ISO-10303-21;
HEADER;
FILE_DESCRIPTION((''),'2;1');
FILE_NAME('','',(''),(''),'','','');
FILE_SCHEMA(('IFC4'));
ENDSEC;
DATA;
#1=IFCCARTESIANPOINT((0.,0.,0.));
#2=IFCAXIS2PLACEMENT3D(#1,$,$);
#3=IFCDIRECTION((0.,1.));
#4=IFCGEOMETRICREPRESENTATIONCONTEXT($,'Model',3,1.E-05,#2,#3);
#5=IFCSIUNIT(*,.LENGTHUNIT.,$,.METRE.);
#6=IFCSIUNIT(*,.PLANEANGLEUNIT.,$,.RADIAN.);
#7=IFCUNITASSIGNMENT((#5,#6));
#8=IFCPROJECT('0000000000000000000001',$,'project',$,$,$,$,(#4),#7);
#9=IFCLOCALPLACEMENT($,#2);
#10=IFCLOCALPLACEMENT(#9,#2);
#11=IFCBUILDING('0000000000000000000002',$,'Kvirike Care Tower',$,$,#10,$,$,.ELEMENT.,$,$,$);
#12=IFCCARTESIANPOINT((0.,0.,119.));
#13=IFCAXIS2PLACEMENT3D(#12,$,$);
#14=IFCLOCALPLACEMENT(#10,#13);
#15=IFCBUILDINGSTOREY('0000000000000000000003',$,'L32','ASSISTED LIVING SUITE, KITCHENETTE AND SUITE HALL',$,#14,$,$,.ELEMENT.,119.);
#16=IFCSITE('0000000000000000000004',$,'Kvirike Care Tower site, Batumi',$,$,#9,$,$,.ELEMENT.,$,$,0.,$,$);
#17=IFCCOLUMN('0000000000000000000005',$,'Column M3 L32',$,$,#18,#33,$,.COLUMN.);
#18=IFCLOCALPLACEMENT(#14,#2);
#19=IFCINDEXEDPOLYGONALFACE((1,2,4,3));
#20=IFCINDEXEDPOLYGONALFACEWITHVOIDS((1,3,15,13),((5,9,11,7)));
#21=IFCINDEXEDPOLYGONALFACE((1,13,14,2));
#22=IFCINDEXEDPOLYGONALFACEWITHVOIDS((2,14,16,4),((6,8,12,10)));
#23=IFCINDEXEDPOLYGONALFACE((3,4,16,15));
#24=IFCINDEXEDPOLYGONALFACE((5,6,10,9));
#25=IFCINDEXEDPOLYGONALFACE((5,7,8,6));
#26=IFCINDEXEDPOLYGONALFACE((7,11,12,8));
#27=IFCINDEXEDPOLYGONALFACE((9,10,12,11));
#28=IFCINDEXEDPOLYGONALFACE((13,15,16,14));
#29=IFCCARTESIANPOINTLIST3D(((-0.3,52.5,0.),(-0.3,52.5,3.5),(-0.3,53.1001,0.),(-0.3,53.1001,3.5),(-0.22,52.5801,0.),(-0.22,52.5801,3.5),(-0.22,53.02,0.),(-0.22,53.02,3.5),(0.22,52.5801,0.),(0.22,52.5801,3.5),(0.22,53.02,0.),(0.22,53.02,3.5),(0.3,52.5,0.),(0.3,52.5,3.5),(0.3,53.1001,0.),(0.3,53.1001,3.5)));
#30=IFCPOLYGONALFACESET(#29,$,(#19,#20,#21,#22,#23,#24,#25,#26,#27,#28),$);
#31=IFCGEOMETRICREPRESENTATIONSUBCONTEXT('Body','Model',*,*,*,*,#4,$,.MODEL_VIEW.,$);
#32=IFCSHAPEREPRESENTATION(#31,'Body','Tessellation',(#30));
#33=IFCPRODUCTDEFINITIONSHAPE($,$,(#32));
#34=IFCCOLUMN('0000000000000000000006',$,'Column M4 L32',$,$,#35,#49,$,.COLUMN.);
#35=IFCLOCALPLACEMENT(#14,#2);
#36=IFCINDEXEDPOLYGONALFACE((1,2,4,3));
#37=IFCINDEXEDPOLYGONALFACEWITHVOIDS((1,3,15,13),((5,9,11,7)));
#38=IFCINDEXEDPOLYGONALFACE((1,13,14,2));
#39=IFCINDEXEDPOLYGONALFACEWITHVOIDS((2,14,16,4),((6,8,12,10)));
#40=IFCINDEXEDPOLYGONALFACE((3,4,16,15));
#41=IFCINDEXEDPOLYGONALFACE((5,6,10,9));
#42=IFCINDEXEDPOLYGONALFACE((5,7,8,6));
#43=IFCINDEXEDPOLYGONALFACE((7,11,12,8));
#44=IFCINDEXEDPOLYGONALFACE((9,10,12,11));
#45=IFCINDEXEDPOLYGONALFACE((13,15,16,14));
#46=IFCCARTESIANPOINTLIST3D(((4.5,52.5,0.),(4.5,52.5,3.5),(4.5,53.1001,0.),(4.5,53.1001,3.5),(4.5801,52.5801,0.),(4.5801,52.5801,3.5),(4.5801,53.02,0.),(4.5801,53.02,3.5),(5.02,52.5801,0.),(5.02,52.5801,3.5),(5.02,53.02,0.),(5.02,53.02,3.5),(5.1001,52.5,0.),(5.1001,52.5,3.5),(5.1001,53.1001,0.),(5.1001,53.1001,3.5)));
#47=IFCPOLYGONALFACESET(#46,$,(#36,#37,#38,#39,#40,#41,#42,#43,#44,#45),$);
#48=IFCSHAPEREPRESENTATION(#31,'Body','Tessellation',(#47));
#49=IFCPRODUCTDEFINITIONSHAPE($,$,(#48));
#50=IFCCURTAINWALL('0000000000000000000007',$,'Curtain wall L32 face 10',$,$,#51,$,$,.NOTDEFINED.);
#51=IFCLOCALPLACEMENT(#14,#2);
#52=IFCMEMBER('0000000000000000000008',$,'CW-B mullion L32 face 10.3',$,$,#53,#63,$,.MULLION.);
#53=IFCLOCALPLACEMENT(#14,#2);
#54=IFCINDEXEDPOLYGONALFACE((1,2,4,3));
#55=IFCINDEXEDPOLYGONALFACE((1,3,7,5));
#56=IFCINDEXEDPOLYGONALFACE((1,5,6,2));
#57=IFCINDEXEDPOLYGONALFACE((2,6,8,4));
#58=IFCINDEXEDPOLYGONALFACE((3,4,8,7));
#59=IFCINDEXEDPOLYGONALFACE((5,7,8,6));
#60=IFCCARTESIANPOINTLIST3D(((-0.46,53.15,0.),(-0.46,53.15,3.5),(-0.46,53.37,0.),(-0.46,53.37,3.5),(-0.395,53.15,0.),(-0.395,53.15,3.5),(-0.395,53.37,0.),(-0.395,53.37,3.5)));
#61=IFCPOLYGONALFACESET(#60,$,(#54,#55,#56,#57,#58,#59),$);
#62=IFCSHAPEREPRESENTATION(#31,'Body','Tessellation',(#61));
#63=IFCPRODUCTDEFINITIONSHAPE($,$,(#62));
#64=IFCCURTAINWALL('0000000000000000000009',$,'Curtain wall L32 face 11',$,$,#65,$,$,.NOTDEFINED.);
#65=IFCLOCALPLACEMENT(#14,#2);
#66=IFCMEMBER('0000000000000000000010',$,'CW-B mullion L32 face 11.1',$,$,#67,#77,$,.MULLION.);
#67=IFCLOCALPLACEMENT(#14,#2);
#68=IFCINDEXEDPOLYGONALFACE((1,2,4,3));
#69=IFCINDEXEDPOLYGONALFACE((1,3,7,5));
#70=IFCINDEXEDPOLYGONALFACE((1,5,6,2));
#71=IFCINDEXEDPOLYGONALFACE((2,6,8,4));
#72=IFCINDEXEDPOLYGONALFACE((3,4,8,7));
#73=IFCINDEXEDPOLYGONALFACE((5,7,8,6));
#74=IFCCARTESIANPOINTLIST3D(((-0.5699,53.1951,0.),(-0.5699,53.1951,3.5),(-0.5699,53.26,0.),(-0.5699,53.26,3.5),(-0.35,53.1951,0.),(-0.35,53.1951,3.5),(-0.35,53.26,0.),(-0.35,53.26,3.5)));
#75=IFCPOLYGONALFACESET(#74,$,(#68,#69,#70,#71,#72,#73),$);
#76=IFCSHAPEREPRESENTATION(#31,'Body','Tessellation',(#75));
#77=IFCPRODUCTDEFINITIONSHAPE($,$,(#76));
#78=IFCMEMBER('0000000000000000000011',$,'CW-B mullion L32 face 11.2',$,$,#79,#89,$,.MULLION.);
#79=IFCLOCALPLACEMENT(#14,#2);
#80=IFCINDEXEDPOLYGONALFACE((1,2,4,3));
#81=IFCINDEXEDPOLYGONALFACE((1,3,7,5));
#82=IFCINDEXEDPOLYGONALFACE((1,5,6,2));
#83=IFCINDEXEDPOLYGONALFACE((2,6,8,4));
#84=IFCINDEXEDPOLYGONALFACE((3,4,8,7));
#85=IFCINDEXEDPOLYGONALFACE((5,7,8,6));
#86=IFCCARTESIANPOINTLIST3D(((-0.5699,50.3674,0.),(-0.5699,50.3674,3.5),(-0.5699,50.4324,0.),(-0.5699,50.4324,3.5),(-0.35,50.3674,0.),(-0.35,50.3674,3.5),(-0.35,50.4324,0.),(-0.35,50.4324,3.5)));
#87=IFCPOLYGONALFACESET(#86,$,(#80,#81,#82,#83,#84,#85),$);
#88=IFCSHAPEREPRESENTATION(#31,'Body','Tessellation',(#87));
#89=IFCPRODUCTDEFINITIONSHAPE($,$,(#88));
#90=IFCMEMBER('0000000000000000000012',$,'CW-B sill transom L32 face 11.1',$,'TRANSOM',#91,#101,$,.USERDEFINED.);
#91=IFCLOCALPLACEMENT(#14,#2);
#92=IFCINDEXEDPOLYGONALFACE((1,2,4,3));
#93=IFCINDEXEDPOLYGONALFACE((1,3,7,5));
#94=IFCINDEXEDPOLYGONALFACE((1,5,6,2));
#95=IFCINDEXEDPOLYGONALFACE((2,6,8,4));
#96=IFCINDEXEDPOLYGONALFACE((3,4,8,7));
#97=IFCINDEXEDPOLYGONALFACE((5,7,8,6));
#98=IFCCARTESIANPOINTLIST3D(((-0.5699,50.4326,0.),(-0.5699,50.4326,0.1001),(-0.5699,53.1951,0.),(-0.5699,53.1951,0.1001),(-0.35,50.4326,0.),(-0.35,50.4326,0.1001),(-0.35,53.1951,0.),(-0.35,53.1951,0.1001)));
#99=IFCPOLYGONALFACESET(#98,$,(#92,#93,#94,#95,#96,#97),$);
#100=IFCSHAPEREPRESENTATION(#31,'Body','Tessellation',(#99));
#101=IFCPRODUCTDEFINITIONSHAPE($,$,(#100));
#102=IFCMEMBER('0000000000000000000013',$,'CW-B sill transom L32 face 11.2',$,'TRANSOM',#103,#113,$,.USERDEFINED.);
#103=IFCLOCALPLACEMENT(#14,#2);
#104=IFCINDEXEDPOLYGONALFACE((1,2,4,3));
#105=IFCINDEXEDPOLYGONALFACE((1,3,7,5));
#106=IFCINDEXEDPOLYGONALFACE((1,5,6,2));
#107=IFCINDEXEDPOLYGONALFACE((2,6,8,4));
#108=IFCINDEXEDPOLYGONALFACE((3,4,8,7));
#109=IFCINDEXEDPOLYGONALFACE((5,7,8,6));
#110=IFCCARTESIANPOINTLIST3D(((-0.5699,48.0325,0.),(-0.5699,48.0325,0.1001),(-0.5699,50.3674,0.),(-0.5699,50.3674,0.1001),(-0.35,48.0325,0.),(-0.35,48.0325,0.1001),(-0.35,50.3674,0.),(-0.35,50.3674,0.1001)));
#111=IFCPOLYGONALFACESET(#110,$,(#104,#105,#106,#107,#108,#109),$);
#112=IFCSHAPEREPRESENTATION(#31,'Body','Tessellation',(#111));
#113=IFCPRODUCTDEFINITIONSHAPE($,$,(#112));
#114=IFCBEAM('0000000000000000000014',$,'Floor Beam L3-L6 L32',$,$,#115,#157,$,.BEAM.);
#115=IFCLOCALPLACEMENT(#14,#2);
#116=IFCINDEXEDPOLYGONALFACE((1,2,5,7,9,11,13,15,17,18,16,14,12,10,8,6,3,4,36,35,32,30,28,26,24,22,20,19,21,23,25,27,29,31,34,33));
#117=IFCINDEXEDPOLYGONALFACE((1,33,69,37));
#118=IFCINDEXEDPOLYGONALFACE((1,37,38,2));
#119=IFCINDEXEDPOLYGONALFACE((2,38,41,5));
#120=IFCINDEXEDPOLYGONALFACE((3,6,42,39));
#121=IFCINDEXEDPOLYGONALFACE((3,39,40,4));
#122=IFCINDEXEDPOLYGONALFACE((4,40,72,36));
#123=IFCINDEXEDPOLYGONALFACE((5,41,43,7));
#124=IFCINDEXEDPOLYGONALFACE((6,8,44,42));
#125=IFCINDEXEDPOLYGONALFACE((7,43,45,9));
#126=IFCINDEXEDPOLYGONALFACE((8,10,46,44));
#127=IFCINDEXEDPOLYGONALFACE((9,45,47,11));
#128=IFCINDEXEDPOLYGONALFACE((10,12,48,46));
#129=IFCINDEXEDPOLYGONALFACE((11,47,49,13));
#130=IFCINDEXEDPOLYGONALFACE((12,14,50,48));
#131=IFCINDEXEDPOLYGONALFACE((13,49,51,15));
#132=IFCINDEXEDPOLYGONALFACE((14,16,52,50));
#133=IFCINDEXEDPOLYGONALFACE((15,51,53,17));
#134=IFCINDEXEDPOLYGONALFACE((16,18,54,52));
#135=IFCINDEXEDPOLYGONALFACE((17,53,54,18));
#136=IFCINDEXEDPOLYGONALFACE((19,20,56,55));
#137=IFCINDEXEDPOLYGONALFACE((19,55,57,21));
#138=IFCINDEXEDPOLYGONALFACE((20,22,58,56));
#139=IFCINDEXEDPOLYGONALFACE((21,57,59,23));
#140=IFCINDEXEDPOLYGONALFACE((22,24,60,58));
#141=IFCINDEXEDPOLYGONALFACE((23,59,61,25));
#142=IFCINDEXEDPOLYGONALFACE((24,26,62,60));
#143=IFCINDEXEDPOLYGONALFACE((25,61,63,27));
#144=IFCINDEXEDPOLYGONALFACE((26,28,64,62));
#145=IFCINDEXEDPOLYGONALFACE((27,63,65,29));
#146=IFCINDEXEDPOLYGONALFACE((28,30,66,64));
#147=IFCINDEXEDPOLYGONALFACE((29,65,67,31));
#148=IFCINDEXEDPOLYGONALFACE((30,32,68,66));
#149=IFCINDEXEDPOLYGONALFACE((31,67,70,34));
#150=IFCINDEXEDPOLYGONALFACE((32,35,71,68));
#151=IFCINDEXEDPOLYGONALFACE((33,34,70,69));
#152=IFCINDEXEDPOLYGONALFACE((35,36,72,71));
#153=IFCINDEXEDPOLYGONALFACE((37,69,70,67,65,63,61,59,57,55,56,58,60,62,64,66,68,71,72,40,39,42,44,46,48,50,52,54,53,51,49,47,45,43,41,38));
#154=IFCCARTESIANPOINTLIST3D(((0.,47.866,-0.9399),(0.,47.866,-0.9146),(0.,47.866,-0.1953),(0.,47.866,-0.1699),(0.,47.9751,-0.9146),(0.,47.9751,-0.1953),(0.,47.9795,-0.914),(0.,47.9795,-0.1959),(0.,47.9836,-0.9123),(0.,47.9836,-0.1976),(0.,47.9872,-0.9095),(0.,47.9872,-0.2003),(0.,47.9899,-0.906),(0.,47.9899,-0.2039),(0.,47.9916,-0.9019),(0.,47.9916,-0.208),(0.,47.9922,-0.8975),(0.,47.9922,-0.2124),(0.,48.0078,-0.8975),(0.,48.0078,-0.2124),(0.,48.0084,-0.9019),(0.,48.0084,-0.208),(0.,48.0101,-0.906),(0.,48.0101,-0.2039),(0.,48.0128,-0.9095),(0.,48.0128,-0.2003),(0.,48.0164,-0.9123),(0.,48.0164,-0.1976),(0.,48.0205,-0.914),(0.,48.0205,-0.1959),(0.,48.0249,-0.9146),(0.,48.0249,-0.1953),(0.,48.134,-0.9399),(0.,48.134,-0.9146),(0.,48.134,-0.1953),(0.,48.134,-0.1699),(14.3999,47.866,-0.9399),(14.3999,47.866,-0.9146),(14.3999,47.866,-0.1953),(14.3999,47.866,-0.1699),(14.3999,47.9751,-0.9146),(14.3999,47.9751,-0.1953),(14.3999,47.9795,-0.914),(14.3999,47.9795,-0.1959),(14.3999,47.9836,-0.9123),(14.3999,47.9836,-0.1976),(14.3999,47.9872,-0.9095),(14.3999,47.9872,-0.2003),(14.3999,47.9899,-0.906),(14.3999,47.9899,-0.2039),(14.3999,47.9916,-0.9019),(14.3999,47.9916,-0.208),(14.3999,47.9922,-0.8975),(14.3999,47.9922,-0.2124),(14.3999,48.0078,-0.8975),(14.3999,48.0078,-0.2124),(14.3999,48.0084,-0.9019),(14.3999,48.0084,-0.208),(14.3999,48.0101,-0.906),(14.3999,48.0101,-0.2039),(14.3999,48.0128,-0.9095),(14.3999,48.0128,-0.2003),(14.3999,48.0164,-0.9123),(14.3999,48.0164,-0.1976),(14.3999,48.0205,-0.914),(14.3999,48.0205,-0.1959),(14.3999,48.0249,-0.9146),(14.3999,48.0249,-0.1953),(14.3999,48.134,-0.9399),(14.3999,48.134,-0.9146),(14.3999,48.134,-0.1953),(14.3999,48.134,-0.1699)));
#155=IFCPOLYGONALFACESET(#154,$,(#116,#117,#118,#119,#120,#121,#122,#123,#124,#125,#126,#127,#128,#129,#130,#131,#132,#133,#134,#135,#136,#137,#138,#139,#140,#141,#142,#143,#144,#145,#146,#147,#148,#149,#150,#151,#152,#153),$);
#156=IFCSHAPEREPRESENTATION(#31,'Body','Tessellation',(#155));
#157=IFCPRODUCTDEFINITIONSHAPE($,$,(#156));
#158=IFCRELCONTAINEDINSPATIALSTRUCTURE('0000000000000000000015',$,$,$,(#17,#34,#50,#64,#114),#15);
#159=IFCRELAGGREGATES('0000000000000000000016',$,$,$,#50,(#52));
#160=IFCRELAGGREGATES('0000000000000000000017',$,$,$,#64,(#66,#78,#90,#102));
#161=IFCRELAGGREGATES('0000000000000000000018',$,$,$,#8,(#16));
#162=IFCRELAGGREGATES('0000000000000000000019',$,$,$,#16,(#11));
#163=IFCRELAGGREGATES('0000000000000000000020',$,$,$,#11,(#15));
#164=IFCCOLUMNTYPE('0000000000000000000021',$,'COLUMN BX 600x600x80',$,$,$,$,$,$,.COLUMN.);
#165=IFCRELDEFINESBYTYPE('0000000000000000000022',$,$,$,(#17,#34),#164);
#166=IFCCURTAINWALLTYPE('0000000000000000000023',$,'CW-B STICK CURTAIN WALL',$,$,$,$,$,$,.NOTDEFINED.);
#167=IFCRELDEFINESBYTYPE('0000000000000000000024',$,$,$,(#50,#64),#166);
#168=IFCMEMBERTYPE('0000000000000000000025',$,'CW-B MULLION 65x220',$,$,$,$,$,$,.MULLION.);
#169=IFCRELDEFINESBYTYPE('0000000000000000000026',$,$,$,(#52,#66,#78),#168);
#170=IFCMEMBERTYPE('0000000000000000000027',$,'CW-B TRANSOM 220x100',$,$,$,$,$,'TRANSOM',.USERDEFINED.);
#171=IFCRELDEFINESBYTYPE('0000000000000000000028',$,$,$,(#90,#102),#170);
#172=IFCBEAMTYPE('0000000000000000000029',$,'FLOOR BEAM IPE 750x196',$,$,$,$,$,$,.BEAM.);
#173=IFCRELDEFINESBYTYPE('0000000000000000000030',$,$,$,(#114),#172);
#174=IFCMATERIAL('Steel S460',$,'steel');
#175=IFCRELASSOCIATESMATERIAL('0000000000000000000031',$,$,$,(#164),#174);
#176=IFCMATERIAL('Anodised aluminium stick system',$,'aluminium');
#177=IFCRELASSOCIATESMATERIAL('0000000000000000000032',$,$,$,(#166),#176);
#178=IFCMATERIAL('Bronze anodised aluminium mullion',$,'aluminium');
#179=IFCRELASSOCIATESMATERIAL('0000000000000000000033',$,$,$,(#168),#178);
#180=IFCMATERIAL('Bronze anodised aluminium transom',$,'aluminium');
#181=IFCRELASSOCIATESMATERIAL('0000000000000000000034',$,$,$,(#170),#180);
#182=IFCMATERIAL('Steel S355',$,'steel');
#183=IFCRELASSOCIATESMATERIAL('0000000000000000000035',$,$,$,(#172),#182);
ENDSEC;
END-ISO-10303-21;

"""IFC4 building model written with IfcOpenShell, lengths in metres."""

from ifc_helpers import new_model, si_unit, direction, frame, origin, origin_2d, place, context, subcontext, project, spatial, rectangle, hollow_rectangle, i_section, extrude, material, material_profile, profile_set, type_object, element, aggregate, save


model = new_model("IFC4")

# Units and contexts
model_context = context("Model", 3, precision=1e-05, world=origin(), true_north=direction((0.0, 1.0)))
body_context = subcontext(model_context, "Body", "Model", "MODEL_VIEW")
ifc_project = project(units=[si_unit("LENGTHUNIT", "METRE"), si_unit("PLANEANGLEUNIT", "RADIAN")], contexts=[model_context])

# Site, building, storey
site_placement = place(None, origin())
site = spatial("IfcSite", under=ifc_project, at=site_placement, Name="Kvirike Care Tower site, Batumi", CompositionType="ELEMENT", RefElevation=0.0)
building_placement = place(site_placement, origin())
building = spatial("IfcBuilding", under=site, at=building_placement, Name="Kvirike Care Tower", CompositionType="ELEMENT")
storey_placement = place(building_placement, frame((0.0, 0.0, 119.0)))
storey = spatial("IfcBuildingStorey", under=building, at=storey_placement, Name="L32", Description="ASSISTED LIVING SUITE, KITCHENETTE AND SUITE HALL", CompositionType="ELEMENT", Elevation=119.0)

# Columns
ifc_material_1 = material(Name="Steel S460", Category="steel")
ifc_material_profile_1 = material_profile(ifc_material_1, hollow_rectangle(XDim=0.6001, YDim=0.6001, WallThickness=0.0801, at=origin_2d()), Name="BX 600x600x80")
ifc_profile_set_1 = profile_set([ifc_material_profile_1], Name="Steel S460")
column_type = type_object("IfcColumnType", Name="COLUMN BX 600x600x80", PredefinedType="COLUMN", material=ifc_profile_set_1)
for number, where, z_axis, x_axis, name in (
    (1, (0.0, 52.8, 0.0), (0.0, 0.0, 1.0), (0.0, 1.0, 0.0), "Column M3 L32"),
    (2, (4.8, 52.8, 0.0), (0.0, 0.0, 1.0), (0.0, 1.0, 0.0), "Column M4 L32"),
):
    element("IfcColumn", number, at=place(storey_placement, frame(where, z_axis=z_axis, x_axis=x_axis)), inside=storey, type_object=column_type, Name=name, PredefinedType="COLUMN", context=body_context, shape_type="SweptSolid", body=[
        extrude(hollow_rectangle(XDim=0.6001, YDim=0.6001, WallThickness=0.0801, at=origin_2d()), origin(), (0.0, 0.0, 1.0), 3.5),
    ])

# Curtain wall, member
ifc_material_2 = material(Name="Anodised aluminium stick system", Category="aluminium")
curtain_wall_type = type_object("IfcCurtainWallType", Name="CW-B STICK CURTAIN WALL", PredefinedType="NOTDEFINED", material=ifc_material_2)
curtain_wall_1_placement = place(storey_placement, origin())
curtain_wall_1 = element("IfcCurtainWall", 3, at=curtain_wall_1_placement, inside=storey, type_object=curtain_wall_type, Name="Curtain wall L32 face 10", PredefinedType="NOTDEFINED")
ifc_material_3 = material(Name="Bronze anodised aluminium mullion", Category="aluminium")
ifc_material_profile_2 = material_profile(ifc_material_3, rectangle(XDim=0.0649, YDim=0.22, at=origin_2d()), Name="CW-B MULLION 65x220")
ifc_profile_set_2 = profile_set([ifc_material_profile_2], Name="Bronze anodised aluminium mullion")
member_type_1 = type_object("IfcMemberType", Name="CW-B MULLION 65x220", PredefinedType="MULLION", material=ifc_profile_set_2)
member_1_placement = place(storey_placement, frame((-0.4275, 53.26, 0.0), z_axis=(0.0, 0.0, 1.0), x_axis=(-1.0, 0.0, 0.0)))
member_1 = element("IfcMember", 4, at=member_1_placement, type_object=member_type_1, Name="CW-B mullion L32 face 10.3", PredefinedType="MULLION", context=body_context, shape_type="SweptSolid", body=[
    extrude(rectangle(XDim=0.0649, YDim=0.22, at=origin_2d()), origin(), (0.0, 0.0, 1.0), 3.5),
])
aggregate(curtain_wall_1, [member_1])

# Curtain wall, members
curtain_wall_2_placement = place(storey_placement, origin())
curtain_wall_2 = element("IfcCurtainWall", 5, at=curtain_wall_2_placement, inside=storey, type_object=curtain_wall_type, Name="Curtain wall L32 face 11", PredefinedType="NOTDEFINED")
member_2_placement = place(storey_placement, frame((-0.46, 53.2275, 0.0), z_axis=(0.0, 0.0, 1.0), x_axis=(0.0, -1.0, 0.0)))
member_2 = element("IfcMember", 6, at=member_2_placement, type_object=member_type_1, Name="CW-B mullion L32 face 11.1", PredefinedType="MULLION", context=body_context, shape_type="SweptSolid", body=[
    extrude(rectangle(XDim=0.0649, YDim=0.22, at=origin_2d()), origin(), (0.0, 0.0, 1.0), 3.5),
])
member_3_placement = place(storey_placement, frame((-0.46, 50.3999, 0.0), z_axis=(0.0, 0.0, 1.0), x_axis=(0.0, -1.0, 0.0)))
member_3 = element("IfcMember", 7, at=member_3_placement, type_object=member_type_1, Name="CW-B mullion L32 face 11.2", PredefinedType="MULLION", context=body_context, shape_type="SweptSolid", body=[
    extrude(rectangle(XDim=0.0649, YDim=0.22, at=origin_2d()), origin(), (0.0, 0.0, 1.0), 3.5),
])
ifc_material_4 = material(Name="Bronze anodised aluminium transom", Category="aluminium")
ifc_material_profile_3 = material_profile(ifc_material_4, rectangle(XDim=0.22, YDim=0.1001, at=origin_2d()), Name="CW-B TRANSOM 220x100")
ifc_profile_set_3 = profile_set([ifc_material_profile_3], Name="Bronze anodised aluminium transom")
member_type_2 = type_object("IfcMemberType", Name="CW-B TRANSOM 220x100", ElementType="TRANSOM", PredefinedType="USERDEFINED", material=ifc_profile_set_3)
member_4_placement = place(storey_placement, frame((-0.46, 53.1951, 0.05), z_axis=(0.0, -1.0, 0.0), x_axis=(1.0, 0.0, 0.0)))
member_4 = element("IfcMember", 8, at=member_4_placement, type_object=member_type_2, Name="CW-B sill transom L32 face 11.1", ObjectType="TRANSOM", PredefinedType="USERDEFINED", context=body_context, shape_type="SweptSolid", body=[
    extrude(rectangle(XDim=0.22, YDim=0.1001, at=origin_2d()), origin(), (0.0, 0.0, 1.0), 2.7625),
])
member_5_placement = place(storey_placement, frame((-0.46, 50.3674, 0.05), z_axis=(0.0, -1.0, 0.0), x_axis=(1.0, 0.0, 0.0)))
member_5 = element("IfcMember", 9, at=member_5_placement, type_object=member_type_2, Name="CW-B sill transom L32 face 11.2", ObjectType="TRANSOM", PredefinedType="USERDEFINED", context=body_context, shape_type="SweptSolid", body=[
    extrude(rectangle(XDim=0.22, YDim=0.1001, at=origin_2d()), origin(), (0.0, 0.0, 1.0), 2.335),
])

# Beam
ifc_material_5 = material(Name="Steel S355", Category="steel")
ifc_material_profile_4 = material_profile(ifc_material_5, i_section(OverallWidth=0.2681, OverallDepth=0.77, WebThickness=0.0156, FlangeThickness=0.0254, FilletRadius=0.0171, at=origin_2d()), Name="IPE 750x196")
ifc_profile_set_4 = profile_set([ifc_material_profile_4], Name="Steel S355")
beam_type_1 = type_object("IfcBeamType", Name="FLOOR BEAM IPE 750x196", PredefinedType="BEAM", material=ifc_profile_set_4)
beam_1_placement = place(storey_placement, frame((0.0, 48.0, -0.5549), z_axis=(1.0, 0.0, 0.0), x_axis=(0.0, 1.0, 0.0)))
element("IfcBeam", 10, at=beam_1_placement, inside=storey, type_object=beam_type_1, Name="Floor Beam L3-L6 L32", PredefinedType="BEAM", context=body_context, shape_type="SweptSolid", body=[
    extrude(i_section(OverallWidth=0.2681, OverallDepth=0.77, WebThickness=0.0156, FlangeThickness=0.0254, FilletRadius=0.0171, at=origin_2d()), origin(), (0.0, 0.0, 1.0), 14.3999),
])

aggregate(curtain_wall_2, [member_2, member_3, member_4, member_5])

save(model, "model.ifc")
